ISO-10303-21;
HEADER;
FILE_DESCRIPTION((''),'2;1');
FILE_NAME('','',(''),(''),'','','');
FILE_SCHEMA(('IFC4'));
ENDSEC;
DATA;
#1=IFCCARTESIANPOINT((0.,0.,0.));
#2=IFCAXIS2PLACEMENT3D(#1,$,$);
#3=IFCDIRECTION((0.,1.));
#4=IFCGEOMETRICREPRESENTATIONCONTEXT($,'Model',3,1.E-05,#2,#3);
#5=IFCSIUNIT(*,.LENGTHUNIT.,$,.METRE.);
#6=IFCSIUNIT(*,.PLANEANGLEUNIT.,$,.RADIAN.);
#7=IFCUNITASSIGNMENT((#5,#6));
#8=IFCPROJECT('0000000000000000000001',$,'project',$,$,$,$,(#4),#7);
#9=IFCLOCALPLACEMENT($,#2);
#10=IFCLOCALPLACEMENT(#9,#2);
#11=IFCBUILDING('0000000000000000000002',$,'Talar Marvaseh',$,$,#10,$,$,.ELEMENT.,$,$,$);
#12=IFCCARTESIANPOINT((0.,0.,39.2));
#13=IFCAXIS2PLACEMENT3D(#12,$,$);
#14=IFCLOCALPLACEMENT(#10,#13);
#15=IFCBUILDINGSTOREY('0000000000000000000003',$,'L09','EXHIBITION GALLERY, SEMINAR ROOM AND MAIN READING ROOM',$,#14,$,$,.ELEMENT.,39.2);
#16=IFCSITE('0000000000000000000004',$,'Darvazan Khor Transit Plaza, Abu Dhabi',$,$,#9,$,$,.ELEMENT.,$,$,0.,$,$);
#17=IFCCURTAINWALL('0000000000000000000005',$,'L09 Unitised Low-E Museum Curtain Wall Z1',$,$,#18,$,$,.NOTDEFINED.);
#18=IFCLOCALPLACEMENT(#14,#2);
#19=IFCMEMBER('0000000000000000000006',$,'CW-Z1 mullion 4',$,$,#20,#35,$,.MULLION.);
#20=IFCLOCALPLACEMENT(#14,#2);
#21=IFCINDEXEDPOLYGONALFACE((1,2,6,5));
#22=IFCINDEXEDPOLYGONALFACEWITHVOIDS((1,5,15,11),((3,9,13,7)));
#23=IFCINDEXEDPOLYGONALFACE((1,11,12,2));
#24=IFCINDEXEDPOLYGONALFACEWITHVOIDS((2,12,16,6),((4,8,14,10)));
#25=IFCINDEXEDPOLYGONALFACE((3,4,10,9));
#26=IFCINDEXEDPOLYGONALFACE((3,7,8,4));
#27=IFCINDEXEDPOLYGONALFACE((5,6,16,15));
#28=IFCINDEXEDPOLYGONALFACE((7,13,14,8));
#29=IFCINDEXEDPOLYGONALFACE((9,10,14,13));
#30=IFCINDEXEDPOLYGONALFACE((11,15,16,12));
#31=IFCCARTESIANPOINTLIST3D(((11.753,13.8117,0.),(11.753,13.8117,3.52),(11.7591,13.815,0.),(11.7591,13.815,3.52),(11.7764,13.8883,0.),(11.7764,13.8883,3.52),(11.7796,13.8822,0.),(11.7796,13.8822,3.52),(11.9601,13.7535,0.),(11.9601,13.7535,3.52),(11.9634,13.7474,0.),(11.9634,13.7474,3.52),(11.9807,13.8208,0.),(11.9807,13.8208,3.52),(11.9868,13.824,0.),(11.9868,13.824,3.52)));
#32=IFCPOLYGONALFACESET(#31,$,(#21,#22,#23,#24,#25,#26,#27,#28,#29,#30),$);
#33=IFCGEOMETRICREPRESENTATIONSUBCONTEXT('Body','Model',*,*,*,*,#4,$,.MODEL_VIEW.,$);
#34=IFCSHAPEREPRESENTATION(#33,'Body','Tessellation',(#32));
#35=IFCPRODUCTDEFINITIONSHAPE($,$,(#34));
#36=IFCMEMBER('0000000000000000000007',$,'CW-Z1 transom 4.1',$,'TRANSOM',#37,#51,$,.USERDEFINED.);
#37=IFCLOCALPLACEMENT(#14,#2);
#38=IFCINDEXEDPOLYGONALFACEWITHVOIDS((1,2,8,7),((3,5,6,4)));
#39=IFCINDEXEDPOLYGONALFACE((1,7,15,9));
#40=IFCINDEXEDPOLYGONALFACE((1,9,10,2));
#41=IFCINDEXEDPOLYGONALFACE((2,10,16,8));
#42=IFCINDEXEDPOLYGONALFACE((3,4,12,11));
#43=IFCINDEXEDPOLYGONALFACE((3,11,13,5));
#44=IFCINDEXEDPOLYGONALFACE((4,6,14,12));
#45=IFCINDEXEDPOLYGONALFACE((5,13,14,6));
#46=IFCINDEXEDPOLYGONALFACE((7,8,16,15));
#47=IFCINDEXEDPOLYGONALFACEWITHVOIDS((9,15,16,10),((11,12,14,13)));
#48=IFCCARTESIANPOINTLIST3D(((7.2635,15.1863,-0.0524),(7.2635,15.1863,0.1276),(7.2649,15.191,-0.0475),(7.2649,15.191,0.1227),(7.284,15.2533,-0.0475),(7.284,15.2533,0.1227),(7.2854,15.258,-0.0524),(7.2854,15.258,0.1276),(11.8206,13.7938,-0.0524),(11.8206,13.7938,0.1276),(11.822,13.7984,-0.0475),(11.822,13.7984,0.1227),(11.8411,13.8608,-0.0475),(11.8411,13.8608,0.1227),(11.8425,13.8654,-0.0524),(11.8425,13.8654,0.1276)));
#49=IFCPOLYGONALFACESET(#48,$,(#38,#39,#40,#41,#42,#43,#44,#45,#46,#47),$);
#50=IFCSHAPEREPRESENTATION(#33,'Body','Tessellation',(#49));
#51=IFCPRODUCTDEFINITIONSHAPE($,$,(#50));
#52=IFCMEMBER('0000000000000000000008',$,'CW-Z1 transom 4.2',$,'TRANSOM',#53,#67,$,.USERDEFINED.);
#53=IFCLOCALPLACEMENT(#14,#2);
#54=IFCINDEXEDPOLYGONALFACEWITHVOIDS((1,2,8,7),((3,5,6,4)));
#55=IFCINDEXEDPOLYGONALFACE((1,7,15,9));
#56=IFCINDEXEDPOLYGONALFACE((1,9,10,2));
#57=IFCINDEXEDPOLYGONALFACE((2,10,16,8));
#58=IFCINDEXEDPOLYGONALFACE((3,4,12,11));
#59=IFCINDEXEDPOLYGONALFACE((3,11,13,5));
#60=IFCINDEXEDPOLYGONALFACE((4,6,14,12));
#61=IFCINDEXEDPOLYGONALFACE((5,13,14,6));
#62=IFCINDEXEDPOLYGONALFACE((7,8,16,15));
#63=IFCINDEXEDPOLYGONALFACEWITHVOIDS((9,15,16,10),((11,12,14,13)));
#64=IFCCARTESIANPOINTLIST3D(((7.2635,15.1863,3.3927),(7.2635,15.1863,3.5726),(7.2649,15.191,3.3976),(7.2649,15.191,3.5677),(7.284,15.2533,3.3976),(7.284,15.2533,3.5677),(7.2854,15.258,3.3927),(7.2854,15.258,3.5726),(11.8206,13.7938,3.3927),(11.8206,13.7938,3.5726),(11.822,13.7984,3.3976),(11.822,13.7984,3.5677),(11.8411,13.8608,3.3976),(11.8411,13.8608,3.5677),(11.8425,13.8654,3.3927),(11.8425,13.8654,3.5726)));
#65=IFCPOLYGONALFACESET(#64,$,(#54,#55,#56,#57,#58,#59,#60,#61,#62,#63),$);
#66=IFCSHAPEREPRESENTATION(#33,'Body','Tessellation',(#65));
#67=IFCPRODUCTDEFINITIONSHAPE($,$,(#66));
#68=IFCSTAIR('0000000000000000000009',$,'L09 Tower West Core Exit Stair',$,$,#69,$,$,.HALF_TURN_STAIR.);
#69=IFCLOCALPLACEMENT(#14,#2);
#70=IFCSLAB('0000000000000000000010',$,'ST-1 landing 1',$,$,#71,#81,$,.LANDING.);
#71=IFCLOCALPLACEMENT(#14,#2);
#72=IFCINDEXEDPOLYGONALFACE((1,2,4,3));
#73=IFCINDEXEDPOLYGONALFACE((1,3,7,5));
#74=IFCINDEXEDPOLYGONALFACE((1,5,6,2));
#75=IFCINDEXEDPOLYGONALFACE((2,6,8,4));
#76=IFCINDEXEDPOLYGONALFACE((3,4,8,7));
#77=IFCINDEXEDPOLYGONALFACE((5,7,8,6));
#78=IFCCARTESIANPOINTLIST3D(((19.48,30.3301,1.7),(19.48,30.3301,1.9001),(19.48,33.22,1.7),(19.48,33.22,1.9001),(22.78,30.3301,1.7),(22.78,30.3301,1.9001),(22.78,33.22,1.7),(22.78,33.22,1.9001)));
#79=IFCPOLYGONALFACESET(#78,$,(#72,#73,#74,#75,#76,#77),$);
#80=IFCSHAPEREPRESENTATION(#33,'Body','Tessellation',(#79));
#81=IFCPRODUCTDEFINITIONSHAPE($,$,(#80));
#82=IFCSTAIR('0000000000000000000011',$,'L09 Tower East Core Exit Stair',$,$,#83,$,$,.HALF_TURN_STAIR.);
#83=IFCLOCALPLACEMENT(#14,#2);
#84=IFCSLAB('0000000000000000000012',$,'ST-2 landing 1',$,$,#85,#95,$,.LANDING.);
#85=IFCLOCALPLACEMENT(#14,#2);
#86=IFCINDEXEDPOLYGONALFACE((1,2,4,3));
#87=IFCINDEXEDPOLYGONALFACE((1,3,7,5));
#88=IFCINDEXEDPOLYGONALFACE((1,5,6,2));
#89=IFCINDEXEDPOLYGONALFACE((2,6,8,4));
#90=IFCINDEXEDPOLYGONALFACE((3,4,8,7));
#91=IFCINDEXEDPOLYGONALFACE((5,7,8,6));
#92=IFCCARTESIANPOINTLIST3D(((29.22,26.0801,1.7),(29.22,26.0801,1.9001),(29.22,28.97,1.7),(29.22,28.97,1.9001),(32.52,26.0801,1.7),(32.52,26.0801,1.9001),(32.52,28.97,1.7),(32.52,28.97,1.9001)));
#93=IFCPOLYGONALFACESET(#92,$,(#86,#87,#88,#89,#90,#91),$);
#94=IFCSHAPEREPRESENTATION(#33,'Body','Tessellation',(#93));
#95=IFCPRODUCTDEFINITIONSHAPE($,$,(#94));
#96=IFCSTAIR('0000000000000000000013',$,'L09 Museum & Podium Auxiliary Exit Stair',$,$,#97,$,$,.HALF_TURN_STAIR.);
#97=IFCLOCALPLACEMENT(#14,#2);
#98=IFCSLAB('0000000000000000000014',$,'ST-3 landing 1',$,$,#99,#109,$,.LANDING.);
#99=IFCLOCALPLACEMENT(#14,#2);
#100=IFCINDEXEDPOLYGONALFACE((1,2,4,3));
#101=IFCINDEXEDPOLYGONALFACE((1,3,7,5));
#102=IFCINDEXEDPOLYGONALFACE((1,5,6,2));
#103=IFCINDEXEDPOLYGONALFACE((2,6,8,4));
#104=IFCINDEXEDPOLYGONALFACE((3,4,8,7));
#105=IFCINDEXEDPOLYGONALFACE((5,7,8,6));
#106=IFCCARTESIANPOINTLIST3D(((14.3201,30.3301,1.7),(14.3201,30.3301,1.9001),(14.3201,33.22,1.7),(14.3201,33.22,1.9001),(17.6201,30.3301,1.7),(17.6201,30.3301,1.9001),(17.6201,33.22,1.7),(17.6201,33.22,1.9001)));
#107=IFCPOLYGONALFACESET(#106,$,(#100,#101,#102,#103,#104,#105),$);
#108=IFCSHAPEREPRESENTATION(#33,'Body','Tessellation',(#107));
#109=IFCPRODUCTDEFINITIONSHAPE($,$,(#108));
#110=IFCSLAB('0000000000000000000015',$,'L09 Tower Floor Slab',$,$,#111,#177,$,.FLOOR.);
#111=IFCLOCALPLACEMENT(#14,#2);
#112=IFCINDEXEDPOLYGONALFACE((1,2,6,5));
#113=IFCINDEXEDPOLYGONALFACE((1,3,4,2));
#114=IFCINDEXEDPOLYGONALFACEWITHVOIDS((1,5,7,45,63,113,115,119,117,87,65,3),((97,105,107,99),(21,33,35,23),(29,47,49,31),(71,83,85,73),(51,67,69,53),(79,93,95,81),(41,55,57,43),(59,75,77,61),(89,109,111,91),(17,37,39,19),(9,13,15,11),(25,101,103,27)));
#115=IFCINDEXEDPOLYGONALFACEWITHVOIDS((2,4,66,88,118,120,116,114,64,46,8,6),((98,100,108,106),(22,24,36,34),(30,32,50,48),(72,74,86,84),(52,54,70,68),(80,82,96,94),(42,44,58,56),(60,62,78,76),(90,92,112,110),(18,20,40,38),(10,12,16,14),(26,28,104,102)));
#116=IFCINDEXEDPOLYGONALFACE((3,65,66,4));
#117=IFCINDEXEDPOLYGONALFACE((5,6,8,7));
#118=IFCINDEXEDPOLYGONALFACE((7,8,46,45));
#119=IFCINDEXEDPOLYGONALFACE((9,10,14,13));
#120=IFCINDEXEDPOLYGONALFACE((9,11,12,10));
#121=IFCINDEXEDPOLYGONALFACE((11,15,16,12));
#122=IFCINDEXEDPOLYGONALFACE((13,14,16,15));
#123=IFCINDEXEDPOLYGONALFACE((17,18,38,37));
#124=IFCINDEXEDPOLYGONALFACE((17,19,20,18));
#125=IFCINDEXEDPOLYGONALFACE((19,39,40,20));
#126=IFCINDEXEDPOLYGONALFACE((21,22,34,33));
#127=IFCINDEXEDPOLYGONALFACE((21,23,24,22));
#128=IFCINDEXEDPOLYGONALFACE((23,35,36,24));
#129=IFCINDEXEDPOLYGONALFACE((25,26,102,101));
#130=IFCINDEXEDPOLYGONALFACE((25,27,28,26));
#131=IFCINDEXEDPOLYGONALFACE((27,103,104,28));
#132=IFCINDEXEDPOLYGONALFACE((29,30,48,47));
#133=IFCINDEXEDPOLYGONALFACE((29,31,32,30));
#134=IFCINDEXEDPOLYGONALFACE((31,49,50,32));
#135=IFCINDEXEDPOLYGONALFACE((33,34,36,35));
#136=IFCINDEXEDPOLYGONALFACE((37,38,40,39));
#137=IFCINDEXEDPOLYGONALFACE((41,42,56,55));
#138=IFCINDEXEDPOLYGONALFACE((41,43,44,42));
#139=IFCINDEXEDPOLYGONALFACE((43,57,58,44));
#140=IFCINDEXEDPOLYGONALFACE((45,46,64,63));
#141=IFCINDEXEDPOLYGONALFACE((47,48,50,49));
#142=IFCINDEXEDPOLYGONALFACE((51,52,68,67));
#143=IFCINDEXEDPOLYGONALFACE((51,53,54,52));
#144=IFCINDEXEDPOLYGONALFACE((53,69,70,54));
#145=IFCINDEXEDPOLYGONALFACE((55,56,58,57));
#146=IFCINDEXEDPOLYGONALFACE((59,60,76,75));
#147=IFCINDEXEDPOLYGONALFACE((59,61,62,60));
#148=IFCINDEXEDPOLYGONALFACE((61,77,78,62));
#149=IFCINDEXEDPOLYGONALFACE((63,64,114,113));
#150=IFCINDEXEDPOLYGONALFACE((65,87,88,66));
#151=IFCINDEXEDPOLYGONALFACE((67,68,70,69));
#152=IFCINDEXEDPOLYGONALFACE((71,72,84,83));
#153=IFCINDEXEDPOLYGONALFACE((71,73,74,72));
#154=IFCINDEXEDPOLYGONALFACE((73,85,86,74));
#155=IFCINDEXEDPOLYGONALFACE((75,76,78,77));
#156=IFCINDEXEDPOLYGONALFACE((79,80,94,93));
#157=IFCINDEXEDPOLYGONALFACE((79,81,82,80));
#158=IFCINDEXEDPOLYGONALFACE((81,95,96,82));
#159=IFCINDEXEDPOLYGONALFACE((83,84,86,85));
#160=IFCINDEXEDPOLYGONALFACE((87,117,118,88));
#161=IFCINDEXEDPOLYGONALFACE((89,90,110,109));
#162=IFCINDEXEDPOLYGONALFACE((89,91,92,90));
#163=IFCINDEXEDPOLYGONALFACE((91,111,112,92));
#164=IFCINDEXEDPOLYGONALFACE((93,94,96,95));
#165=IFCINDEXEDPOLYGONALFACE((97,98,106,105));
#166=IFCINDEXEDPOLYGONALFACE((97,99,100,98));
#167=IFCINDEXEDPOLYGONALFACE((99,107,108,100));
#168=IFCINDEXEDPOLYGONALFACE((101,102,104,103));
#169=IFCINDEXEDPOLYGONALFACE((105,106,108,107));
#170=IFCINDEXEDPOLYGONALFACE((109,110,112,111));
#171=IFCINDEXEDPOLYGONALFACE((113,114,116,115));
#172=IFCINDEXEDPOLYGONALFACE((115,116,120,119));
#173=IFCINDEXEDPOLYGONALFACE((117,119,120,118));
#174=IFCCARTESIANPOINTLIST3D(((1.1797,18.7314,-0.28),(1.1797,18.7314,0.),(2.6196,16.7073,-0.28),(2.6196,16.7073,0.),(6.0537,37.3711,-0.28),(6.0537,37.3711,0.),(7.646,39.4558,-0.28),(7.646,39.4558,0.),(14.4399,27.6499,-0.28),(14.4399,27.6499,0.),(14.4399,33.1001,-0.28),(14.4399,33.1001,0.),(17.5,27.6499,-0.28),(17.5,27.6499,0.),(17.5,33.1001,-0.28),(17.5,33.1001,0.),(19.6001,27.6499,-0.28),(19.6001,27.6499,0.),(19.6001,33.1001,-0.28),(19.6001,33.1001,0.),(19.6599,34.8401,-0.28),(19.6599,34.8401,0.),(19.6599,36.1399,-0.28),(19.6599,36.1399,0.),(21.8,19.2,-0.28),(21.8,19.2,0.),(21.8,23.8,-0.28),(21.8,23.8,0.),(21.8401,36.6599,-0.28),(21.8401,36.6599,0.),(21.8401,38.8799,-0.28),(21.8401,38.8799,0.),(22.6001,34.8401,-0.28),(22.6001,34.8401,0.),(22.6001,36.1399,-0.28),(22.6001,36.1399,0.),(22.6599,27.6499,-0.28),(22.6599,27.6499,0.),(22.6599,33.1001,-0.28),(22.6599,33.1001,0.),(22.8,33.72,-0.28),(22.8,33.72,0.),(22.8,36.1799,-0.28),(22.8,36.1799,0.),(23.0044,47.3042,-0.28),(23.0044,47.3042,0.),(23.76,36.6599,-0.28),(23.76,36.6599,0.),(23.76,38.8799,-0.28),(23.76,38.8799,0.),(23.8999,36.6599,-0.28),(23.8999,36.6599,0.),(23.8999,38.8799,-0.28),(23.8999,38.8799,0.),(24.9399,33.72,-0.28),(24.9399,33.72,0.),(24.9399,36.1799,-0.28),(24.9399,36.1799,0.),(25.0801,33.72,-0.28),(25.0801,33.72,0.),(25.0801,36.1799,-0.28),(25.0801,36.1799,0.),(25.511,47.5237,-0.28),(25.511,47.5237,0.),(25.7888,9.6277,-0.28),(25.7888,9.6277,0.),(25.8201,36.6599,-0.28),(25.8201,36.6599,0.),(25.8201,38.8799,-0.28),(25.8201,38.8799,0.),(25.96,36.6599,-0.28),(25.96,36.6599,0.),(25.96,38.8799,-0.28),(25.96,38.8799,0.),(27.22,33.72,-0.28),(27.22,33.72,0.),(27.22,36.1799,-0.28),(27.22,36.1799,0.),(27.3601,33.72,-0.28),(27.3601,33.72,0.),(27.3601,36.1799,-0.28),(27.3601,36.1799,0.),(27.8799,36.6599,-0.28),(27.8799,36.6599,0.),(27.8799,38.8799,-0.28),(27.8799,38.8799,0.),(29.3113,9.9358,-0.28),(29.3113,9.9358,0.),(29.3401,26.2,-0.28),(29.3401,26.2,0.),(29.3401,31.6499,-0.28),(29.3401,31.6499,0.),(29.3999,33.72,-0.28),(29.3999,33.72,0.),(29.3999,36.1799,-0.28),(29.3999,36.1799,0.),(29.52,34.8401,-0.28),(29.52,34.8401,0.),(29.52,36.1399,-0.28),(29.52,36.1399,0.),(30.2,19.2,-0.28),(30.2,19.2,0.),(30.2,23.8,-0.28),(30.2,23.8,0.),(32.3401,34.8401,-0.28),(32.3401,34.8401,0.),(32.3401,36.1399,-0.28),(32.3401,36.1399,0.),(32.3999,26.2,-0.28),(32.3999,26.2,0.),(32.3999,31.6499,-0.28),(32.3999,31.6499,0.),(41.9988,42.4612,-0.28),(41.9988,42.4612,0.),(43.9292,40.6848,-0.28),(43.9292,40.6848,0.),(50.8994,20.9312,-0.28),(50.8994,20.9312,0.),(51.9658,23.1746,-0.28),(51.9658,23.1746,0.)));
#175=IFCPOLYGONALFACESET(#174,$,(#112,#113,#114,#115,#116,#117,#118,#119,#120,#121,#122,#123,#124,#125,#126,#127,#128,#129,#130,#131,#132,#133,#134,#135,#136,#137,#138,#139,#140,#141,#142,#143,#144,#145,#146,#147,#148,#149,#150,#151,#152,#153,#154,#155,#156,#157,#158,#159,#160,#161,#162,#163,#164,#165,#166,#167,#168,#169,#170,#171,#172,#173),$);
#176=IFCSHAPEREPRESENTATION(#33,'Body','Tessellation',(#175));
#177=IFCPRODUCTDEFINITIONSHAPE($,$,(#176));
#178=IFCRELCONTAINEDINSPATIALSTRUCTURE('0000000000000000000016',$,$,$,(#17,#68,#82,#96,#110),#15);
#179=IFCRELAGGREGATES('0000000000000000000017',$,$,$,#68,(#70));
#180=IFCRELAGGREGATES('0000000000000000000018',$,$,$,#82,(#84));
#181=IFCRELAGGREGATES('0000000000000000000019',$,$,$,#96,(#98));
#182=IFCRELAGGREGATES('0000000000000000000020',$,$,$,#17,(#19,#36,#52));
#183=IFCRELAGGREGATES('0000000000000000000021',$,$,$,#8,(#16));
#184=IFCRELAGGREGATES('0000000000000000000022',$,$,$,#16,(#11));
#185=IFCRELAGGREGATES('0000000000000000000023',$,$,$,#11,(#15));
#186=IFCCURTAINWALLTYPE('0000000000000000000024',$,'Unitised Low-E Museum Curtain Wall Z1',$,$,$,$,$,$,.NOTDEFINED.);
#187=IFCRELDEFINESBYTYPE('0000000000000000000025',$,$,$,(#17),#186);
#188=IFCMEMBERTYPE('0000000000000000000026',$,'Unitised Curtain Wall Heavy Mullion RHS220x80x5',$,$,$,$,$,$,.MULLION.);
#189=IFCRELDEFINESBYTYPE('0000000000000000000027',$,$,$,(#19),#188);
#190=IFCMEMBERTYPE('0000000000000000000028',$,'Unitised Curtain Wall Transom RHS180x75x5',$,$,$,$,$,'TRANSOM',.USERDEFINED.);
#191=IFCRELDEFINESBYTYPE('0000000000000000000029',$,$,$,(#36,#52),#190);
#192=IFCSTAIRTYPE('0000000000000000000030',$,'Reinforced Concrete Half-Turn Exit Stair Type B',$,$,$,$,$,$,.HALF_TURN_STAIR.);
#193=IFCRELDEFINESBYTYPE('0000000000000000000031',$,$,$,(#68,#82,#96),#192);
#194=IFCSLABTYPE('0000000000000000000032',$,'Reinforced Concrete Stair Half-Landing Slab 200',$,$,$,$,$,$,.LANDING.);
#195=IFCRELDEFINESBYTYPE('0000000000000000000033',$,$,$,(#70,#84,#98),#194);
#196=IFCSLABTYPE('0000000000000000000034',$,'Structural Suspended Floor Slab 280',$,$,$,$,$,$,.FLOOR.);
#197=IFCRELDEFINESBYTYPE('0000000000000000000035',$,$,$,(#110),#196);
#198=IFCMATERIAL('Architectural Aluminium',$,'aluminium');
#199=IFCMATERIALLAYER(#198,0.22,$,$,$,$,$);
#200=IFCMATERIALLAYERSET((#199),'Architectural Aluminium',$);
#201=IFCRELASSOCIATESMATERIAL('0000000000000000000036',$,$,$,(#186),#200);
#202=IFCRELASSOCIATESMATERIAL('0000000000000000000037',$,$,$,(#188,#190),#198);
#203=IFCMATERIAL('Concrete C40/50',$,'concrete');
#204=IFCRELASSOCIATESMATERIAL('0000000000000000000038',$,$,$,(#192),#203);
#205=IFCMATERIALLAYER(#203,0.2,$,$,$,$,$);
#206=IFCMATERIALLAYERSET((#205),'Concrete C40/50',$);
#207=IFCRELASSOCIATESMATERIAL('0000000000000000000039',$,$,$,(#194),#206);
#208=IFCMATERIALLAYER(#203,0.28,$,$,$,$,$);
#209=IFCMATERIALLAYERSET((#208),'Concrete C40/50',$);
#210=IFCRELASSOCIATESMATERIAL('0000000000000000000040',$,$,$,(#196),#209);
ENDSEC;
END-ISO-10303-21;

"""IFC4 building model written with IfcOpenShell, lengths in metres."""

from ifc_helpers import new_model, si_unit, direction, frame, origin, origin_2d, place, context, subcontext, project, spatial, polyline, hollow_rectangle, outline, extrude, source, transform, mapped, material, layer, layer_set, material_profile, profile_set, type_object, type_shapes, element, aggregate, save


model = new_model("IFC4")

# Units and contexts
model_context = context("Model", 3, precision=1e-05, world=origin(), true_north=direction((0.0, 1.0)))
body_context = subcontext(model_context, "Body", "Model", "MODEL_VIEW")
ifc_project = project(units=[si_unit("LENGTHUNIT", "METRE"), si_unit("PLANEANGLEUNIT", "RADIAN")], contexts=[model_context])

# Site, building, storey
site_placement = place(None, origin())
site = spatial("IfcSite", under=ifc_project, at=site_placement, Name="Darvazan Khor Transit Plaza, Abu Dhabi", CompositionType="ELEMENT", RefElevation=0.0)
building_placement = place(site_placement, origin())
building = spatial("IfcBuilding", under=site, at=building_placement, Name="Talar Marvaseh", CompositionType="ELEMENT")
storey_placement = place(building_placement, frame((0.0, 0.0, 39.2)))
storey = spatial("IfcBuildingStorey", under=building, at=storey_placement, Name="L09", Description="EXHIBITION GALLERY, SEMINAR ROOM AND MAIN READING ROOM", CompositionType="ELEMENT", Elevation=39.2)

# Curtain wall, members
ifc_material_1 = material(Name="Architectural Aluminium", Category="aluminium")
ifc_layer_1 = layer(ifc_material_1, 0.22)
ifc_layer_set_1 = layer_set([ifc_layer_1], Name="Architectural Aluminium")
curtain_wall_type = type_object("IfcCurtainWallType", Name="Unitised Low-E Museum Curtain Wall Z1", PredefinedType="NOTDEFINED", material=ifc_layer_set_1)
curtain_wall_placement = place(storey_placement, origin())
curtain_wall = element("IfcCurtainWall", 1, at=curtain_wall_placement, inside=storey, type_object=curtain_wall_type, Name="L09 Unitised Low-E Museum Curtain Wall Z1", PredefinedType="NOTDEFINED")
ifc_material_profile_1 = material_profile(ifc_material_1, hollow_rectangle(XDim=0.0801, YDim=0.22, WallThickness=0.0049, at=origin_2d()), Name="RHS220x80x5")
ifc_profile_set_1 = profile_set([ifc_material_profile_1], Name="Architectural Aluminium")
member_type_1 = type_object("IfcMemberType", Name="Unitised Curtain Wall Heavy Mullion RHS220x80x5", PredefinedType="MULLION", material=ifc_profile_set_1)
shared_shape_1 = source(origin(), body_context, "Body", "SweptSolid", [
    extrude(hollow_rectangle(XDim=0.0801, YDim=0.22, WallThickness=0.0049, at=origin_2d()), origin(), (0.0, 0.0, 1.0), 3.52),
])
type_shapes(member_type_1, [shared_shape_1])
member_1_placement = place(storey_placement, frame((11.8699, 13.8179, 0.0), z_axis=(0.0, 0.0, 1.0), x_axis=(-0.292223, -0.95635, 0.0)))
member_1 = element("IfcMember", 2, at=member_1_placement, type_object=member_type_1, Name="CW-Z1 mullion 4", PredefinedType="MULLION", context=body_context, shape_type="MappedRepresentation", body=[
    mapped(shared_shape_1, transform((0.0, 0.0, 0.0), x_axis=(1.0, 0.0, 0.0), y_axis=(0.0, 1.0, 0.0), z_axis=(0.0, 0.0, 1.0), scale=1.0)),
])
ifc_material_profile_2 = material_profile(ifc_material_1, hollow_rectangle(XDim=0.075, YDim=0.1799, WallThickness=0.0049, at=origin_2d()), Name="RHS180x75x5")
ifc_profile_set_2 = profile_set([ifc_material_profile_2], Name="Architectural Aluminium")
member_type_2 = type_object("IfcMemberType", Name="Unitised Curtain Wall Transom RHS180x75x5", ElementType="TRANSOM", PredefinedType="USERDEFINED", material=ifc_profile_set_2)
shared_shape_2 = source(origin(), body_context, "Body", "SweptSolid", [
    extrude(hollow_rectangle(XDim=0.075, YDim=0.1799, WallThickness=0.0049, at=origin_2d()), origin(), (0.0, 0.0, 1.0), 4.7651),
])
type_shapes(member_type_2, [shared_shape_2])
member_2_placement = place(storey_placement, frame((11.8315, 13.8296, 0.0376), z_axis=(-0.956344, 0.292242, 0.0), x_axis=(-0.292242, -0.956344, 0.0)))
member_2 = element("IfcMember", 3, at=member_2_placement, type_object=member_type_2, Name="CW-Z1 transom 4.1", ObjectType="TRANSOM", PredefinedType="USERDEFINED", context=body_context, shape_type="MappedRepresentation", body=[
    mapped(shared_shape_2, transform((0.0, 0.0, 0.0), x_axis=(1.0, 0.0, 0.0), y_axis=(0.0, 1.0, 0.0), z_axis=(0.0, 0.0, 1.0), scale=1.0)),
])
member_3_placement = place(storey_placement, frame((11.8315, 13.8296, 3.4827), z_axis=(-0.956344, 0.292242, 0.0), x_axis=(-0.292242, -0.956344, 0.0)))
member_3 = element("IfcMember", 4, at=member_3_placement, type_object=member_type_2, Name="CW-Z1 transom 4.2", ObjectType="TRANSOM", PredefinedType="USERDEFINED", context=body_context, shape_type="MappedRepresentation", body=[
    mapped(shared_shape_2, transform((0.0, 0.0, 0.0), x_axis=(1.0, 0.0, 0.0), y_axis=(0.0, 1.0, 0.0), z_axis=(0.0, 0.0, 1.0), scale=1.0)),
])

# Stairs, slabs
ifc_material_2 = material(Name="Concrete C40/50", Category="concrete")
stair_type = type_object("IfcStairType", Name="Reinforced Concrete Half-Turn Exit Stair Type B", PredefinedType="HALF_TURN_STAIR", material=ifc_material_2)
stair_1_placement = place(storey_placement, origin())
stair_1 = element("IfcStair", 5, at=stair_1_placement, inside=storey, type_object=stair_type, Name="L09 Tower West Core Exit Stair", PredefinedType="HALF_TURN_STAIR")
ifc_layer_2 = layer(ifc_material_2, 0.2)
ifc_layer_set_2 = layer_set([ifc_layer_2], Name="Concrete C40/50")
slab_type_1 = type_object("IfcSlabType", Name="Reinforced Concrete Stair Half-Landing Slab 200", PredefinedType="LANDING", material=ifc_layer_set_2)
slab_1_placement = place(storey_placement, frame((0.0, 0.0, 1.7)))
slab_1 = element("IfcSlab", 6, at=slab_1_placement, type_object=slab_type_1, Name="ST-1 landing 1", PredefinedType="LANDING", context=body_context, shape_type="SweptSolid", body=[
    extrude(outline(polyline([(22.78, 30.3301), (22.78, 33.22), (19.48, 33.22), (19.48, 30.3301), (22.78, 30.3301)])), origin(), (0.0, 0.0, 1.0), 0.2002),
])
aggregate(stair_1, [slab_1])
stair_2_placement = place(storey_placement, origin())
stair_2 = element("IfcStair", 7, at=stair_2_placement, inside=storey, type_object=stair_type, Name="L09 Tower East Core Exit Stair", PredefinedType="HALF_TURN_STAIR")
slab_2_placement = place(storey_placement, frame((0.0, 0.0, 1.7)))
slab_2 = element("IfcSlab", 8, at=slab_2_placement, type_object=slab_type_1, Name="ST-2 landing 1", PredefinedType="LANDING", context=body_context, shape_type="SweptSolid", body=[
    extrude(outline(polyline([(29.22, 28.97), (29.22, 26.0801), (32.52, 26.0801), (32.52, 28.97), (29.22, 28.97)])), origin(), (0.0, 0.0, 1.0), 0.2002),
])
aggregate(stair_2, [slab_2])
stair_3_placement = place(storey_placement, origin())
stair_3 = element("IfcStair", 9, at=stair_3_placement, inside=storey, type_object=stair_type, Name="L09 Museum & Podium Auxiliary Exit Stair", PredefinedType="HALF_TURN_STAIR")
slab_3_placement = place(storey_placement, frame((0.0, 0.0, 1.7)))
slab_3 = element("IfcSlab", 10, at=slab_3_placement, type_object=slab_type_1, Name="ST-3 landing 1", PredefinedType="LANDING", context=body_context, shape_type="SweptSolid", body=[
    extrude(outline(polyline([(17.6201, 30.3301), (17.6201, 33.22), (14.3201, 33.22), (14.3201, 30.3301), (17.6201, 30.3301)])), origin(), (0.0, 0.0, 1.0), 0.2002),
])
aggregate(stair_3, [slab_3])

# Slab
ifc_layer_3 = layer(ifc_material_2, 0.28)
ifc_layer_set_3 = layer_set([ifc_layer_3], Name="Concrete C40/50")
slab_type_2 = type_object("IfcSlabType", Name="Structural Suspended Floor Slab 280", PredefinedType="FLOOR", material=ifc_layer_set_3)
slab_4_placement = place(storey_placement, frame((0.0, 0.0, -0.28)))
element("IfcSlab", 11, at=slab_4_placement, inside=storey, type_object=slab_type_2, Name="L09 Tower Floor Slab", PredefinedType="FLOOR", context=body_context, shape_type="SweptSolid", body=[
    extrude(outline(polyline([(2.6196, 16.7073), (1.1797, 18.7314), (6.0537, 37.3711), (7.646, 39.4558), (23.0044, 47.3042), (25.511, 47.5237), (41.9988, 42.4612), (43.9292, 40.6848), (51.9658, 23.1746), (50.8994, 20.9312), (29.3113, 9.9358), (25.7888, 9.6277), (2.6196, 16.7073)]), holes=[polyline([(22.6599, 27.6499), (22.6599, 33.1001), (19.6001, 33.1001), (19.6001, 27.6499), (22.6599, 27.6499)]), polyline([(29.3401, 31.6499), (29.3401, 26.2), (32.3999, 26.2), (32.3999, 31.6499), (29.3401, 31.6499)]), polyline([(17.5, 27.6499), (17.5, 33.1001), (14.4399, 33.1001), (14.4399, 27.6499), (17.5, 27.6499)]), polyline([(22.8, 33.72), (24.9399, 33.72), (24.9399, 36.1799), (22.8, 36.1799), (22.8, 33.72)]), polyline([(25.0801, 33.72), (27.22, 33.72), (27.22, 36.1799), (25.0801, 36.1799), (25.0801, 33.72)]), polyline([(27.3601, 33.72), (29.3999, 33.72), (29.3999, 36.1799), (27.3601, 36.1799), (27.3601, 33.72)]), polyline([(21.8401, 36.6599), (23.76, 36.6599), (23.76, 38.8799), (21.8401, 38.8799), (21.8401, 36.6599)]), polyline([(23.8999, 36.6599), (25.8201, 36.6599), (25.8201, 38.8799), (23.8999, 38.8799), (23.8999, 36.6599)]), polyline([(25.96, 36.6599), (27.8799, 36.6599), (27.8799, 38.8799), (25.96, 38.8799), (25.96, 36.6599)]), polyline([(19.6599, 34.8401), (22.6001, 34.8401), (22.6001, 36.1399), (19.6599, 36.1399), (19.6599, 34.8401)]), polyline([(29.52, 34.8401), (32.3401, 34.8401), (32.3401, 36.1399), (29.52, 36.1399), (29.52, 34.8401)]), polyline([(21.8, 19.2), (30.2, 19.2), (30.2, 23.8), (21.8, 23.8), (21.8, 19.2)])]), origin(), (0.0, 0.0, 1.0), 0.28),
])

aggregate(curtain_wall, [member_1, member_2, member_3])

save(model, "model.ifc")
